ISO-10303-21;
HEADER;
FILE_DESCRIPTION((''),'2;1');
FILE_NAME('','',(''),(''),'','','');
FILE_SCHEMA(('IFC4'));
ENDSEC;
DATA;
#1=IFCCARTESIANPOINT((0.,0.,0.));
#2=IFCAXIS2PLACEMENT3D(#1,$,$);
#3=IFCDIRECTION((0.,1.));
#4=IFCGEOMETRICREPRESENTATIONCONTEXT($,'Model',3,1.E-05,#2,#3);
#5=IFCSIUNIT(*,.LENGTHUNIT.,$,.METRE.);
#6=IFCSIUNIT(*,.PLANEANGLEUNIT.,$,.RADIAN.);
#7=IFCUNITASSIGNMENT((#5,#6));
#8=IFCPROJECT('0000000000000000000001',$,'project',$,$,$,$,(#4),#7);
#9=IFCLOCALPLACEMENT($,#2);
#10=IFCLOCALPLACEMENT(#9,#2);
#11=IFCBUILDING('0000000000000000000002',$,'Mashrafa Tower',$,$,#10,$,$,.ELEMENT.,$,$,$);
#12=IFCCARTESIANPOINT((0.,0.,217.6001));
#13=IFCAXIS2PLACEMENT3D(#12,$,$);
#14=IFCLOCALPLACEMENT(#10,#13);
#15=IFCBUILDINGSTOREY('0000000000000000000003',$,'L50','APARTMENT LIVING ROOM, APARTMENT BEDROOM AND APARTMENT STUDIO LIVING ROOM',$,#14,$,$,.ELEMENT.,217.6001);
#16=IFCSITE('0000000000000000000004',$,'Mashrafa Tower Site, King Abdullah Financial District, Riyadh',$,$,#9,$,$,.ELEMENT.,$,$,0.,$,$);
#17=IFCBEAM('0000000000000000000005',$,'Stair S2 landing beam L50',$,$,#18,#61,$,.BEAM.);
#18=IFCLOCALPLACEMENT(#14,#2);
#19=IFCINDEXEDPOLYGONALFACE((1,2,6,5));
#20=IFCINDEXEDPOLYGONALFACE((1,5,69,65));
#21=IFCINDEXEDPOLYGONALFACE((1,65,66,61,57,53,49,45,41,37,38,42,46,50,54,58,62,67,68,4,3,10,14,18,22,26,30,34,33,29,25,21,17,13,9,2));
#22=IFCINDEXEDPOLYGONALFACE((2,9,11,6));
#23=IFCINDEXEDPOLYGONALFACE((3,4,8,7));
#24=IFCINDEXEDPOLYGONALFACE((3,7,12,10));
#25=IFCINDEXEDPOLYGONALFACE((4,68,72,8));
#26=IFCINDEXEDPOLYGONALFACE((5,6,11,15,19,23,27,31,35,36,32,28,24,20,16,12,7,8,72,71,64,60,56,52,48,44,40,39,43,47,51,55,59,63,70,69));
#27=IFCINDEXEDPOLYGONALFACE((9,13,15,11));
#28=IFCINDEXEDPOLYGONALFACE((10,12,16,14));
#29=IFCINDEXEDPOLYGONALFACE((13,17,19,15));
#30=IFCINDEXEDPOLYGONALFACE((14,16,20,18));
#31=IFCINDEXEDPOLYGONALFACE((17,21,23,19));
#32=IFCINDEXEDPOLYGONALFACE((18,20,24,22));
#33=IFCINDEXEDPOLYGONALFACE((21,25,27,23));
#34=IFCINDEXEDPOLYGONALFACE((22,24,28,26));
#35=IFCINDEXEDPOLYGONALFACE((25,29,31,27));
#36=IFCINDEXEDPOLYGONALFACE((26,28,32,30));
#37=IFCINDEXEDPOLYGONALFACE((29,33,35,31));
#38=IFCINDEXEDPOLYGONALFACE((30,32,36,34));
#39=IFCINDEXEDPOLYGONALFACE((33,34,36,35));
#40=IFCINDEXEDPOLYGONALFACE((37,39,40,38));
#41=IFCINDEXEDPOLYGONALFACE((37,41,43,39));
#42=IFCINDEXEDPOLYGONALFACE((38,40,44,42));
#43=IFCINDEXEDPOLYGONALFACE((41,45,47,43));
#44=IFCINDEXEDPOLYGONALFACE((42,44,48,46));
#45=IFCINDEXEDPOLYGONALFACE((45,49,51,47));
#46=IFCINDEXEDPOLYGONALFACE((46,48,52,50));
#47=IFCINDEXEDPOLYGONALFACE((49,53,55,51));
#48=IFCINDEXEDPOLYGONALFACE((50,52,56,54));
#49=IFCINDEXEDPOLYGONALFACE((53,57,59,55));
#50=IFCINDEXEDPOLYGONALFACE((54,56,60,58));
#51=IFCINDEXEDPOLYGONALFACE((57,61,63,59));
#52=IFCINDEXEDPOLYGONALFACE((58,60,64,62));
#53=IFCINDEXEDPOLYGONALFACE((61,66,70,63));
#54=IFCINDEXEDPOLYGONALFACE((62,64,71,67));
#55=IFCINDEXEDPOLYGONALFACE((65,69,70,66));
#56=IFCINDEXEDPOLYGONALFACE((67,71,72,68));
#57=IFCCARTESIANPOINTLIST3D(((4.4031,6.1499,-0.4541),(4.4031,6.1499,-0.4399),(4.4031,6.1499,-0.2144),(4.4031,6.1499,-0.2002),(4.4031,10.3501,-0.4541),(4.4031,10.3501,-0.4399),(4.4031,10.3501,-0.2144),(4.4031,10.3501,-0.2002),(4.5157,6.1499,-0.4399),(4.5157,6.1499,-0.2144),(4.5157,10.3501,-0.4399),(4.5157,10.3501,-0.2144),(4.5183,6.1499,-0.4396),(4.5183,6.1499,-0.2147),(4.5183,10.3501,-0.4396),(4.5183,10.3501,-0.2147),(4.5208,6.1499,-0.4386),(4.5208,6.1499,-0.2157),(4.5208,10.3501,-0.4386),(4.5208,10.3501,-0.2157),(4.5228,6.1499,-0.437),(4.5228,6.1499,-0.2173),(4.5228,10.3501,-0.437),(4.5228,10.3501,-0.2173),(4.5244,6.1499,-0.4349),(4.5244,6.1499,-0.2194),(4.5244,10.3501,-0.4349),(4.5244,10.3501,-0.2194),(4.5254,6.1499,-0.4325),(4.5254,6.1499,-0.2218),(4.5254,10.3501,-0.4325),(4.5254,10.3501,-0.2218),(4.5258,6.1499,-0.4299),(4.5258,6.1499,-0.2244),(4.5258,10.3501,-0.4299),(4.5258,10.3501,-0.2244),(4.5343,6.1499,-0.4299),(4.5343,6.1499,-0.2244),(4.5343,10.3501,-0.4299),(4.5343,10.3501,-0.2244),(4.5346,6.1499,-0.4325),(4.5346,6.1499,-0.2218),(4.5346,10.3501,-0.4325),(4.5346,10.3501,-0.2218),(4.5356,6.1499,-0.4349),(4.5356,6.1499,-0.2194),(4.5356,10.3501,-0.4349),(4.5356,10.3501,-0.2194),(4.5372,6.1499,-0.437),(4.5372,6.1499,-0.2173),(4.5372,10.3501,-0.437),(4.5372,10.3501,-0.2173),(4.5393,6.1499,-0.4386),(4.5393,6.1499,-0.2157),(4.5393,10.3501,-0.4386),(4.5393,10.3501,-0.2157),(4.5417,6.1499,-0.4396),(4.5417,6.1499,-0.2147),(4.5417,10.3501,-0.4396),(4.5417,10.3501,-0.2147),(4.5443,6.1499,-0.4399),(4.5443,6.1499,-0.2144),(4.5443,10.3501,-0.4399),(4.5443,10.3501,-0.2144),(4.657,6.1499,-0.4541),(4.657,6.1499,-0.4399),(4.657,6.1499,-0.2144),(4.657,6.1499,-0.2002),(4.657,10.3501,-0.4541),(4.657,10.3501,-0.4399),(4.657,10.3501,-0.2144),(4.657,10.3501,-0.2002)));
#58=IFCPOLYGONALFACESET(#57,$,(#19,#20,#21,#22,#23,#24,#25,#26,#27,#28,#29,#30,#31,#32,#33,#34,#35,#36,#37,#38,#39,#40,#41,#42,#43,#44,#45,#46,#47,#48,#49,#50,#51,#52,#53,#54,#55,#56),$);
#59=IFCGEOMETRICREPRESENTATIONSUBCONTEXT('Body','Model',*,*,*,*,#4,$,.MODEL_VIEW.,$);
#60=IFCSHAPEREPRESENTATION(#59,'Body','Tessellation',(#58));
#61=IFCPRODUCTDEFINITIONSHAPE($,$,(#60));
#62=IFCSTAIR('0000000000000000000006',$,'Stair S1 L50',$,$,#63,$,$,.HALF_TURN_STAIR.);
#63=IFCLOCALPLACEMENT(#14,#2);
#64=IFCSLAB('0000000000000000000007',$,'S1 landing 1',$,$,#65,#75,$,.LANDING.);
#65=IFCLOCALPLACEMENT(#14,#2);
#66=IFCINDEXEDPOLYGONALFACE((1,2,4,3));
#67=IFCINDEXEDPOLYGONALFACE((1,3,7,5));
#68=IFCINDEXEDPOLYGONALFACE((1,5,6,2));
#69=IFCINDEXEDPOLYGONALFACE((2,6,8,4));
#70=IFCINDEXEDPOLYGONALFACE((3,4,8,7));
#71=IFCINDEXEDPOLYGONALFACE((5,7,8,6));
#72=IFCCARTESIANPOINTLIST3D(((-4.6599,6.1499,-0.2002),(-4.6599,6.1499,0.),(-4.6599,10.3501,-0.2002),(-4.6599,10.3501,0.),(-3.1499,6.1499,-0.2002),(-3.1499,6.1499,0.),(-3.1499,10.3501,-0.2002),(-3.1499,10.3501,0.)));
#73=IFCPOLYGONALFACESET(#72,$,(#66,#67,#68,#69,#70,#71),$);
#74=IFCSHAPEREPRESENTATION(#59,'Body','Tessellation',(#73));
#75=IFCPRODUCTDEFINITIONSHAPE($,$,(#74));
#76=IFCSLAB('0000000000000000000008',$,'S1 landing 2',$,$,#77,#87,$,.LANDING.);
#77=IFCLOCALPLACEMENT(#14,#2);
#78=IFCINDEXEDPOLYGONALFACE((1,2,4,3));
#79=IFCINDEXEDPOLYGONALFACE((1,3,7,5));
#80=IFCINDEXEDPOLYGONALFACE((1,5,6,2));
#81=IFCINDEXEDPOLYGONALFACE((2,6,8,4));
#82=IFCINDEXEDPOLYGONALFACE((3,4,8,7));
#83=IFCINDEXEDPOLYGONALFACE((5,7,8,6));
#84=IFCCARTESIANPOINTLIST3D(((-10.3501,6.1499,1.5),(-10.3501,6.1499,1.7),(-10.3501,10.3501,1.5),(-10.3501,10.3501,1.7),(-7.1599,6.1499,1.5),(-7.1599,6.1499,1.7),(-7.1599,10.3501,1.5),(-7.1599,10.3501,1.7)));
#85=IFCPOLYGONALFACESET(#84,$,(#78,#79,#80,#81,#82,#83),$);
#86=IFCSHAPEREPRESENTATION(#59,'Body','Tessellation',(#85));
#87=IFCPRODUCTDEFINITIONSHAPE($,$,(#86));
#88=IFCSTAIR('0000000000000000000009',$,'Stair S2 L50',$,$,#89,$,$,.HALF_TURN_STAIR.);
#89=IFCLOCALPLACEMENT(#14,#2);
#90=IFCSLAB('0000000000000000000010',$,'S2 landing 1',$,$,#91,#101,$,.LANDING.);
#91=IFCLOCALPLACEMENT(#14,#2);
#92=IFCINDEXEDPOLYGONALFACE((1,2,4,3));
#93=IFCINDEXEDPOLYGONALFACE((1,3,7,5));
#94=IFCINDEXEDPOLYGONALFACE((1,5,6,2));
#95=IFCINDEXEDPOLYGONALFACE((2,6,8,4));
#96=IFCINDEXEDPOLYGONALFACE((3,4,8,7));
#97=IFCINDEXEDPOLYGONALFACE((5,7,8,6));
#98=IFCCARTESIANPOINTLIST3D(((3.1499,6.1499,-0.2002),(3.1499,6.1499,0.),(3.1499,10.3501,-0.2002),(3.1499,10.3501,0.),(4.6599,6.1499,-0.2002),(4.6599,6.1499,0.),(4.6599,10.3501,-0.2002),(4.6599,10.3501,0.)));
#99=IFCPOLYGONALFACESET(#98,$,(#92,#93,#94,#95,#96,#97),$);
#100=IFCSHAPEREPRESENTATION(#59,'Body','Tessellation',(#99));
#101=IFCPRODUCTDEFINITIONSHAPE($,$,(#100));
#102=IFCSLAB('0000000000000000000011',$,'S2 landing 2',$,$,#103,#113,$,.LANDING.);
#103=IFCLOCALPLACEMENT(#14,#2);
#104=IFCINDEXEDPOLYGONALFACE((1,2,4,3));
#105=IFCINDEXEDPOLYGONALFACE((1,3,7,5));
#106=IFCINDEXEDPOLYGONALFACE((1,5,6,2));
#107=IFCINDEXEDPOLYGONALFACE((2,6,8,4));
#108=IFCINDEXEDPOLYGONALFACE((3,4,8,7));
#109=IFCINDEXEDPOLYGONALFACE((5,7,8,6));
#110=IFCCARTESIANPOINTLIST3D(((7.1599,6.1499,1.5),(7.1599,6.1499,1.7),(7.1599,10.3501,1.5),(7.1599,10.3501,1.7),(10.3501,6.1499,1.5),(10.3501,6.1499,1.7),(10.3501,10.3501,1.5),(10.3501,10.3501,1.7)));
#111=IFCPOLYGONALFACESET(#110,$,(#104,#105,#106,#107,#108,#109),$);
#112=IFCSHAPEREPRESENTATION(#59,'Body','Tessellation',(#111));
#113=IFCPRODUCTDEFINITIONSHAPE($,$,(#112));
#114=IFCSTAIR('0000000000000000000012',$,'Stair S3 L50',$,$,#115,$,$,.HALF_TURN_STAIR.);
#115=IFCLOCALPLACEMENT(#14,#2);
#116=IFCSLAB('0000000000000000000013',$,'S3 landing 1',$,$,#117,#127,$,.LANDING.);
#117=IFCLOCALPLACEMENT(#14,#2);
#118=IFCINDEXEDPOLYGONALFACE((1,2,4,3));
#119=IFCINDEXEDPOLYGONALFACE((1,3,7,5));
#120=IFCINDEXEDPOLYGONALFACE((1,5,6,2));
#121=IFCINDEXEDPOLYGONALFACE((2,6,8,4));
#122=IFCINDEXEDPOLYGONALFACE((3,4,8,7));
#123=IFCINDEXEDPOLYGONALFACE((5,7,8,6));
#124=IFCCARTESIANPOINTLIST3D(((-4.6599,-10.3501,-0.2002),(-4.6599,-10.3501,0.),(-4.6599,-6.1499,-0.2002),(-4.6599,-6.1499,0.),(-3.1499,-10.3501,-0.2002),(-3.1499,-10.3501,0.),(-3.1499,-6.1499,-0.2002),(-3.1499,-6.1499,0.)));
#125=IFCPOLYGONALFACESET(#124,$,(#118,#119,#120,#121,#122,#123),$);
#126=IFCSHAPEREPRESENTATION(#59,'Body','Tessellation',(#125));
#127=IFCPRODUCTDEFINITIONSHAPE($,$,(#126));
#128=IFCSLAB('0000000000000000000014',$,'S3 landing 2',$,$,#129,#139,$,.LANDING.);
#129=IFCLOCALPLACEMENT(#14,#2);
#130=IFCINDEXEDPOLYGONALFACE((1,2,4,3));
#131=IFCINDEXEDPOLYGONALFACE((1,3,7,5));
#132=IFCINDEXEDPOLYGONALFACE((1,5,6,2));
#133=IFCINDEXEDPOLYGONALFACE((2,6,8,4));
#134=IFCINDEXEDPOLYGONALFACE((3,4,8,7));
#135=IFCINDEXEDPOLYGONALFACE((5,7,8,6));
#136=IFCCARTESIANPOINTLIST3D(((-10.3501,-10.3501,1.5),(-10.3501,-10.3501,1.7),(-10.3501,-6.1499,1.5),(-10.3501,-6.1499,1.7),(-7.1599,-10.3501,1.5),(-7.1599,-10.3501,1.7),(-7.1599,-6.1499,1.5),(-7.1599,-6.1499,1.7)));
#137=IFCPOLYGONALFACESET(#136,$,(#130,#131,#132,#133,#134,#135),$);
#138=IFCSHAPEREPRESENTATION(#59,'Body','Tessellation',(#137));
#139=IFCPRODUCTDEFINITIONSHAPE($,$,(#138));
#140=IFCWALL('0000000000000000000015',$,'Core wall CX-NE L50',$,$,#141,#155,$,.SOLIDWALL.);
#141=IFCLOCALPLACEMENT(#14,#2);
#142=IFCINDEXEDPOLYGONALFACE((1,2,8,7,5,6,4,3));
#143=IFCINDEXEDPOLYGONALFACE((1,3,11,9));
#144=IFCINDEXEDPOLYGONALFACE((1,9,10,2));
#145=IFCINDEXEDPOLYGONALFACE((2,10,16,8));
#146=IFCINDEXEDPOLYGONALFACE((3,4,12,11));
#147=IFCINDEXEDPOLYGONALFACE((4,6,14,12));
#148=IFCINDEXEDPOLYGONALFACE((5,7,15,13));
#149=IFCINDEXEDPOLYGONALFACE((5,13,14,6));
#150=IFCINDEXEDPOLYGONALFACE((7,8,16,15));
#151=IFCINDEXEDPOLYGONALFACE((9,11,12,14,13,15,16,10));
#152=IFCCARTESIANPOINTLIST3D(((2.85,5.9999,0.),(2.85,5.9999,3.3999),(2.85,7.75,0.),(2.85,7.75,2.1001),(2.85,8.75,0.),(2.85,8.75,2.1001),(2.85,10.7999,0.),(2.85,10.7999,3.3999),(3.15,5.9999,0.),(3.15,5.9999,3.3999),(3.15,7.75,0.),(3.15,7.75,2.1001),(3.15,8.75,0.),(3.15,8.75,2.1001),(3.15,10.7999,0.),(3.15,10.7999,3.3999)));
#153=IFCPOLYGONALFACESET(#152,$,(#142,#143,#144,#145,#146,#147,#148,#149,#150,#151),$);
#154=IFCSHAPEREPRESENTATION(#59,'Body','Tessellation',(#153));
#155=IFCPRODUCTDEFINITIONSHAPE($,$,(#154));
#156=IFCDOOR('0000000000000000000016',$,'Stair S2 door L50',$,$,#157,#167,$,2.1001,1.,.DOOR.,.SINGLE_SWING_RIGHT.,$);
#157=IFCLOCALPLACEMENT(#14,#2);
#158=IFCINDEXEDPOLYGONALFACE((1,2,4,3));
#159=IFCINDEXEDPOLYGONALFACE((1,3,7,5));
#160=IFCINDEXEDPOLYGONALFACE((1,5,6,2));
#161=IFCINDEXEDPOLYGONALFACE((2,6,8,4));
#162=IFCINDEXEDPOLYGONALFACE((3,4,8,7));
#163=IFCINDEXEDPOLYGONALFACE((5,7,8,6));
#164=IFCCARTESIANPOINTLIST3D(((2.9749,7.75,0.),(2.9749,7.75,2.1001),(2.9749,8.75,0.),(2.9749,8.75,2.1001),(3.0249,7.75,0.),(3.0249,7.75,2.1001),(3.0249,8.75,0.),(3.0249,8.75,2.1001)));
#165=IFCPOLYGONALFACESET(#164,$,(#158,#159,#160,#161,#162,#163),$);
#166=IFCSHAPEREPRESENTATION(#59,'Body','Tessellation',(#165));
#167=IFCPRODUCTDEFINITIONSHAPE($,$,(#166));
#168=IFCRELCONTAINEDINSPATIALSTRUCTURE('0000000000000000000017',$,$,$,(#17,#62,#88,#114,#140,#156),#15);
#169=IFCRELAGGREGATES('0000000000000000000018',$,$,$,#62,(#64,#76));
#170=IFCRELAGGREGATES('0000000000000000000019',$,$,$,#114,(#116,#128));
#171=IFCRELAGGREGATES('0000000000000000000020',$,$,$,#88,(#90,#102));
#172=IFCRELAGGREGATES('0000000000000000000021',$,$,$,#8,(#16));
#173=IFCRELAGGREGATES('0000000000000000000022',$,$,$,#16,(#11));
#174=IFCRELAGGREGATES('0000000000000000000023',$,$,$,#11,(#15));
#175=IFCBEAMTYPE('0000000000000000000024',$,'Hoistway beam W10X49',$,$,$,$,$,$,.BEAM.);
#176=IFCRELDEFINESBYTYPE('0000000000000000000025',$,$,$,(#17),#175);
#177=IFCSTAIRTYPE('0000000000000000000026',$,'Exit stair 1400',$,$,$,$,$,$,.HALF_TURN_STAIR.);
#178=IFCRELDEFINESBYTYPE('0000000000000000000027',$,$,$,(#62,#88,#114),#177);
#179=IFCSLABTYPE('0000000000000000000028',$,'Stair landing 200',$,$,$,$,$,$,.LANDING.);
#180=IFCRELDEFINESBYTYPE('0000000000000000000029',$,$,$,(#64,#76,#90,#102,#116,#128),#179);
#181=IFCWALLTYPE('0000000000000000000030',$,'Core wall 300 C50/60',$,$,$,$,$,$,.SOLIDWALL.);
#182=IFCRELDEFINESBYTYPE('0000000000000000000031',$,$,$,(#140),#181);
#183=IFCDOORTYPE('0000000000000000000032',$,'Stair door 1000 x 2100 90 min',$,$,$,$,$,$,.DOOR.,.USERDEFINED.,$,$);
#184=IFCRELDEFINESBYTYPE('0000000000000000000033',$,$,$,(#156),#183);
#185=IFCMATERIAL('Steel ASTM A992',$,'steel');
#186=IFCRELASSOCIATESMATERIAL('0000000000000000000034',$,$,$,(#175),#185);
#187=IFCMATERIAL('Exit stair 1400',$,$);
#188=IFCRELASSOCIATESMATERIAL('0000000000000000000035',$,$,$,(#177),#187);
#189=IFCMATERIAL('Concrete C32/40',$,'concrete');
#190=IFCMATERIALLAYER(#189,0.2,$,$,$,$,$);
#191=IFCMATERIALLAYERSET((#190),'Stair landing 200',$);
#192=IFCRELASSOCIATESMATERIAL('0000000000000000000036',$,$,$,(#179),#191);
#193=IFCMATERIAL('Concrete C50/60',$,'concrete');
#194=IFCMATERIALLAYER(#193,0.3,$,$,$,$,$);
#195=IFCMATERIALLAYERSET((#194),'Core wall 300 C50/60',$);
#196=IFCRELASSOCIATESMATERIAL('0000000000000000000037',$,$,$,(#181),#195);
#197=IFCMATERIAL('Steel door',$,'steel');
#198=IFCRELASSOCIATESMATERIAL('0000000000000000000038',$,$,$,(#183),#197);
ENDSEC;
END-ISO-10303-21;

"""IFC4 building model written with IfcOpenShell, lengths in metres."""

from ifc_helpers import new_model, si_unit, direction, frame, frame_2d, origin, origin_2d, place, context, subcontext, project, spatial, polyline, rectangle, i_section, outline, extrude, material, layer, layer_set, material_profile, profile_set, type_object, element, fill, aggregate, save


model = new_model("IFC4")

# Units and contexts
model_context = context("Model", 3, precision=1e-05, world=origin(), true_north=direction((0.0, 1.0)))
body_context = subcontext(model_context, "Body", "Model", "MODEL_VIEW")
ifc_project = project(units=[si_unit("LENGTHUNIT", "METRE"), si_unit("PLANEANGLEUNIT", "RADIAN")], contexts=[model_context])

# Site, building, storey
site_placement = place(None, origin())
site = spatial("IfcSite", under=ifc_project, at=site_placement, Name="Mashrafa Tower Site, King Abdullah Financial District, Riyadh", CompositionType="ELEMENT", RefElevation=0.0)
building_placement = place(site_placement, origin())
building = spatial("IfcBuilding", under=site, at=building_placement, Name="Mashrafa Tower", CompositionType="ELEMENT")
storey_placement = place(building_placement, frame((0.0, 0.0, 217.6001)))
storey = spatial("IfcBuildingStorey", under=building, at=storey_placement, Name="L50", Description="APARTMENT LIVING ROOM, APARTMENT BEDROOM AND APARTMENT STUDIO LIVING ROOM", CompositionType="ELEMENT", Elevation=217.6001)

# Beam
ifc_material_1 = material(Name="Steel ASTM A992", Category="steel")
ifc_material_profile_1 = material_profile(ifc_material_1, i_section(OverallWidth=0.2539, OverallDepth=0.2539, WebThickness=0.0085, FlangeThickness=0.0142, FilletRadius=0.01, at=origin_2d()), Name="W10X49")
ifc_profile_set_1 = profile_set([ifc_material_profile_1], Name="Steel ASTM A992")
beam_type_1 = type_object("IfcBeamType", Name="Hoistway beam W10X49", PredefinedType="BEAM", material=ifc_profile_set_1)
beam_1_placement = place(storey_placement, frame((4.53, 6.1499, -0.3271), z_axis=(0.0, 1.0, 0.0), x_axis=(-1.0, 0.0, 0.0)))
element("IfcBeam", 1, at=beam_1_placement, inside=storey, type_object=beam_type_1, Name="Stair S2 landing beam L50", PredefinedType="BEAM", context=body_context, shape_type="SweptSolid", body=[
    extrude(i_section(OverallWidth=0.2539, OverallDepth=0.2539, WebThickness=0.0085, FlangeThickness=0.0142, FilletRadius=0.01, at=origin_2d()), origin(), (0.0, 0.0, 1.0), 4.2002),
])

# Stairs, slabs
ifc_material_2 = material(Name="Exit stair 1400")
stair_type = type_object("IfcStairType", Name="Exit stair 1400", PredefinedType="HALF_TURN_STAIR", material=ifc_material_2)
stair_1_placement = place(storey_placement, origin())
stair_1 = element("IfcStair", 2, at=stair_1_placement, inside=storey, type_object=stair_type, Name="Stair S1 L50", PredefinedType="HALF_TURN_STAIR")
ifc_material_3 = material(Name="Concrete C32/40", Category="concrete")
ifc_layer_1 = layer(ifc_material_3, 0.2)
ifc_layer_set_1 = layer_set([ifc_layer_1], Name="Stair landing 200")
slab_type = type_object("IfcSlabType", Name="Stair landing 200", PredefinedType="LANDING", material=ifc_layer_set_1)
slab_1_placement = place(storey_placement, frame((0.0, 0.0, -0.2002)))
slab_1 = element("IfcSlab", 3, at=slab_1_placement, type_object=slab_type, Name="S1 landing 1", PredefinedType="LANDING", context=body_context, shape_type="SweptSolid", body=[
    extrude(outline(polyline([(-4.6599, 6.1499), (-3.1499, 6.1499), (-3.1499, 10.3501), (-4.6599, 10.3501), (-4.6599, 6.1499)])), origin(), (0.0, 0.0, 1.0), 0.2002),
])
slab_2_placement = place(storey_placement, frame((0.0, 0.0, 1.5)))
slab_2 = element("IfcSlab", 4, at=slab_2_placement, type_object=slab_type, Name="S1 landing 2", PredefinedType="LANDING", context=body_context, shape_type="SweptSolid", body=[
    extrude(outline(polyline([(-10.3501, 6.1499), (-7.1599, 6.1499), (-7.1599, 10.3501), (-10.3501, 10.3501), (-10.3501, 6.1499)])), origin(), (0.0, 0.0, 1.0), 0.2),
])
aggregate(stair_1, [slab_1, slab_2])
stair_2_placement = place(storey_placement, origin())
stair_2 = element("IfcStair", 5, at=stair_2_placement, inside=storey, type_object=stair_type, Name="Stair S2 L50", PredefinedType="HALF_TURN_STAIR")
slab_3_placement = place(storey_placement, frame((0.0, 0.0, -0.2002)))
slab_3 = element("IfcSlab", 6, at=slab_3_placement, type_object=slab_type, Name="S2 landing 1", PredefinedType="LANDING", context=body_context, shape_type="SweptSolid", body=[
    extrude(outline(polyline([(3.1499, 6.1499), (4.6599, 6.1499), (4.6599, 10.3501), (3.1499, 10.3501), (3.1499, 6.1499)])), origin(), (0.0, 0.0, 1.0), 0.2002),
])
slab_4_placement = place(storey_placement, frame((0.0, 0.0, 1.5)))
slab_4 = element("IfcSlab", 7, at=slab_4_placement, type_object=slab_type, Name="S2 landing 2", PredefinedType="LANDING", context=body_context, shape_type="SweptSolid", body=[
    extrude(outline(polyline([(7.1599, 6.1499), (10.3501, 6.1499), (10.3501, 10.3501), (7.1599, 10.3501), (7.1599, 6.1499)])), origin(), (0.0, 0.0, 1.0), 0.2),
])
stair_3_placement = place(storey_placement, origin())
stair_3 = element("IfcStair", 8, at=stair_3_placement, inside=storey, type_object=stair_type, Name="Stair S3 L50", PredefinedType="HALF_TURN_STAIR")
slab_5_placement = place(storey_placement, frame((0.0, 0.0, -0.2002)))
slab_5 = element("IfcSlab", 9, at=slab_5_placement, type_object=slab_type, Name="S3 landing 1", PredefinedType="LANDING", context=body_context, shape_type="SweptSolid", body=[
    extrude(outline(polyline([(-4.6599, -10.3501), (-3.1499, -10.3501), (-3.1499, -6.1499), (-4.6599, -6.1499), (-4.6599, -10.3501)])), origin(), (0.0, 0.0, 1.0), 0.2002),
])
slab_6_placement = place(storey_placement, frame((0.0, 0.0, 1.5)))
slab_6 = element("IfcSlab", 10, at=slab_6_placement, type_object=slab_type, Name="S3 landing 2", PredefinedType="LANDING", context=body_context, shape_type="SweptSolid", body=[
    extrude(outline(polyline([(-10.3501, -10.3501), (-7.1599, -10.3501), (-7.1599, -6.1499), (-10.3501, -6.1499), (-10.3501, -10.3501)])), origin(), (0.0, 0.0, 1.0), 0.2),
])
aggregate(stair_3, [slab_5, slab_6])

# Wall, opening, door
ifc_material_4 = material(Name="Concrete C50/60", Category="concrete")
ifc_layer_2 = layer(ifc_material_4, 0.3)
ifc_layer_set_2 = layer_set([ifc_layer_2], Name="Core wall 300 C50/60")
wall_type_1 = type_object("IfcWallType", Name="Core wall 300 C50/60", PredefinedType="SOLIDWALL", material=ifc_layer_set_2)
wall_1_placement = place(storey_placement, frame((3.0, 6.0, 0.0), z_axis=(0.0, 0.0, 1.0), x_axis=(0.0, 1.0, 0.0)))
wall_1 = element("IfcWall", 11, at=wall_1_placement, inside=storey, type_object=wall_type_1, Name="Core wall CX-NE L50", PredefinedType="SOLIDWALL", context=body_context, shape_type="SweptSolid", body=[
    extrude(rectangle(XDim=4.8, YDim=0.3, at=frame_2d((2.3999, 0.0))), origin(), (0.0, 0.0, 1.0), 3.3999),
])
opening_1_placement = place(wall_1_placement, frame((1.75, 0.0, 0.0)))
opening_1 = element("IfcOpeningElement", 12, at=opening_1_placement, cuts=wall_1, PredefinedType="OPENING", context=body_context, shape_type="SweptSolid", body=[
    extrude(rectangle(XDim=1.0, YDim=2.1001, at=frame_2d((0.5, 1.05))), frame((0.0, 0.1599, 0.0), z_axis=(0.0, -1.0, 0.0), x_axis=(1.0, 0.0, 0.0)), (0.0, 0.0, 1.0), 0.3201),
])
ifc_material_5 = material(Name="Steel door", Category="steel")
door_type_1 = type_object("IfcDoorType", Name="Stair door 1000 x 2100 90 min", OperationType="USERDEFINED", PredefinedType="DOOR", material=ifc_material_5)
door_1_placement = place(opening_1_placement, frame((1.0, 0.0, 0.0), z_axis=(0.0, 0.0, 1.0), x_axis=(-1.0, 0.0, 0.0)))
door_1 = element("IfcDoor", 13, at=door_1_placement, inside=storey, type_object=door_type_1, Name="Stair S2 door L50", OperationType="SINGLE_SWING_RIGHT", OverallHeight=2.1001, OverallWidth=1.0, PredefinedType="DOOR", context=body_context, shape_type="SweptSolid", body=[
    extrude(rectangle(XDim=1.0, YDim=2.1001, at=frame_2d((0.5, 1.05))), frame((0.0, 0.0249, 0.0), z_axis=(0.0, -1.0, 0.0), x_axis=(1.0, 0.0, 0.0)), (0.0, 0.0, 1.0), 0.05),
])
fill(opening_1, door_1)

aggregate(stair_2, [slab_3, slab_4])

save(model, "model.ifc")
